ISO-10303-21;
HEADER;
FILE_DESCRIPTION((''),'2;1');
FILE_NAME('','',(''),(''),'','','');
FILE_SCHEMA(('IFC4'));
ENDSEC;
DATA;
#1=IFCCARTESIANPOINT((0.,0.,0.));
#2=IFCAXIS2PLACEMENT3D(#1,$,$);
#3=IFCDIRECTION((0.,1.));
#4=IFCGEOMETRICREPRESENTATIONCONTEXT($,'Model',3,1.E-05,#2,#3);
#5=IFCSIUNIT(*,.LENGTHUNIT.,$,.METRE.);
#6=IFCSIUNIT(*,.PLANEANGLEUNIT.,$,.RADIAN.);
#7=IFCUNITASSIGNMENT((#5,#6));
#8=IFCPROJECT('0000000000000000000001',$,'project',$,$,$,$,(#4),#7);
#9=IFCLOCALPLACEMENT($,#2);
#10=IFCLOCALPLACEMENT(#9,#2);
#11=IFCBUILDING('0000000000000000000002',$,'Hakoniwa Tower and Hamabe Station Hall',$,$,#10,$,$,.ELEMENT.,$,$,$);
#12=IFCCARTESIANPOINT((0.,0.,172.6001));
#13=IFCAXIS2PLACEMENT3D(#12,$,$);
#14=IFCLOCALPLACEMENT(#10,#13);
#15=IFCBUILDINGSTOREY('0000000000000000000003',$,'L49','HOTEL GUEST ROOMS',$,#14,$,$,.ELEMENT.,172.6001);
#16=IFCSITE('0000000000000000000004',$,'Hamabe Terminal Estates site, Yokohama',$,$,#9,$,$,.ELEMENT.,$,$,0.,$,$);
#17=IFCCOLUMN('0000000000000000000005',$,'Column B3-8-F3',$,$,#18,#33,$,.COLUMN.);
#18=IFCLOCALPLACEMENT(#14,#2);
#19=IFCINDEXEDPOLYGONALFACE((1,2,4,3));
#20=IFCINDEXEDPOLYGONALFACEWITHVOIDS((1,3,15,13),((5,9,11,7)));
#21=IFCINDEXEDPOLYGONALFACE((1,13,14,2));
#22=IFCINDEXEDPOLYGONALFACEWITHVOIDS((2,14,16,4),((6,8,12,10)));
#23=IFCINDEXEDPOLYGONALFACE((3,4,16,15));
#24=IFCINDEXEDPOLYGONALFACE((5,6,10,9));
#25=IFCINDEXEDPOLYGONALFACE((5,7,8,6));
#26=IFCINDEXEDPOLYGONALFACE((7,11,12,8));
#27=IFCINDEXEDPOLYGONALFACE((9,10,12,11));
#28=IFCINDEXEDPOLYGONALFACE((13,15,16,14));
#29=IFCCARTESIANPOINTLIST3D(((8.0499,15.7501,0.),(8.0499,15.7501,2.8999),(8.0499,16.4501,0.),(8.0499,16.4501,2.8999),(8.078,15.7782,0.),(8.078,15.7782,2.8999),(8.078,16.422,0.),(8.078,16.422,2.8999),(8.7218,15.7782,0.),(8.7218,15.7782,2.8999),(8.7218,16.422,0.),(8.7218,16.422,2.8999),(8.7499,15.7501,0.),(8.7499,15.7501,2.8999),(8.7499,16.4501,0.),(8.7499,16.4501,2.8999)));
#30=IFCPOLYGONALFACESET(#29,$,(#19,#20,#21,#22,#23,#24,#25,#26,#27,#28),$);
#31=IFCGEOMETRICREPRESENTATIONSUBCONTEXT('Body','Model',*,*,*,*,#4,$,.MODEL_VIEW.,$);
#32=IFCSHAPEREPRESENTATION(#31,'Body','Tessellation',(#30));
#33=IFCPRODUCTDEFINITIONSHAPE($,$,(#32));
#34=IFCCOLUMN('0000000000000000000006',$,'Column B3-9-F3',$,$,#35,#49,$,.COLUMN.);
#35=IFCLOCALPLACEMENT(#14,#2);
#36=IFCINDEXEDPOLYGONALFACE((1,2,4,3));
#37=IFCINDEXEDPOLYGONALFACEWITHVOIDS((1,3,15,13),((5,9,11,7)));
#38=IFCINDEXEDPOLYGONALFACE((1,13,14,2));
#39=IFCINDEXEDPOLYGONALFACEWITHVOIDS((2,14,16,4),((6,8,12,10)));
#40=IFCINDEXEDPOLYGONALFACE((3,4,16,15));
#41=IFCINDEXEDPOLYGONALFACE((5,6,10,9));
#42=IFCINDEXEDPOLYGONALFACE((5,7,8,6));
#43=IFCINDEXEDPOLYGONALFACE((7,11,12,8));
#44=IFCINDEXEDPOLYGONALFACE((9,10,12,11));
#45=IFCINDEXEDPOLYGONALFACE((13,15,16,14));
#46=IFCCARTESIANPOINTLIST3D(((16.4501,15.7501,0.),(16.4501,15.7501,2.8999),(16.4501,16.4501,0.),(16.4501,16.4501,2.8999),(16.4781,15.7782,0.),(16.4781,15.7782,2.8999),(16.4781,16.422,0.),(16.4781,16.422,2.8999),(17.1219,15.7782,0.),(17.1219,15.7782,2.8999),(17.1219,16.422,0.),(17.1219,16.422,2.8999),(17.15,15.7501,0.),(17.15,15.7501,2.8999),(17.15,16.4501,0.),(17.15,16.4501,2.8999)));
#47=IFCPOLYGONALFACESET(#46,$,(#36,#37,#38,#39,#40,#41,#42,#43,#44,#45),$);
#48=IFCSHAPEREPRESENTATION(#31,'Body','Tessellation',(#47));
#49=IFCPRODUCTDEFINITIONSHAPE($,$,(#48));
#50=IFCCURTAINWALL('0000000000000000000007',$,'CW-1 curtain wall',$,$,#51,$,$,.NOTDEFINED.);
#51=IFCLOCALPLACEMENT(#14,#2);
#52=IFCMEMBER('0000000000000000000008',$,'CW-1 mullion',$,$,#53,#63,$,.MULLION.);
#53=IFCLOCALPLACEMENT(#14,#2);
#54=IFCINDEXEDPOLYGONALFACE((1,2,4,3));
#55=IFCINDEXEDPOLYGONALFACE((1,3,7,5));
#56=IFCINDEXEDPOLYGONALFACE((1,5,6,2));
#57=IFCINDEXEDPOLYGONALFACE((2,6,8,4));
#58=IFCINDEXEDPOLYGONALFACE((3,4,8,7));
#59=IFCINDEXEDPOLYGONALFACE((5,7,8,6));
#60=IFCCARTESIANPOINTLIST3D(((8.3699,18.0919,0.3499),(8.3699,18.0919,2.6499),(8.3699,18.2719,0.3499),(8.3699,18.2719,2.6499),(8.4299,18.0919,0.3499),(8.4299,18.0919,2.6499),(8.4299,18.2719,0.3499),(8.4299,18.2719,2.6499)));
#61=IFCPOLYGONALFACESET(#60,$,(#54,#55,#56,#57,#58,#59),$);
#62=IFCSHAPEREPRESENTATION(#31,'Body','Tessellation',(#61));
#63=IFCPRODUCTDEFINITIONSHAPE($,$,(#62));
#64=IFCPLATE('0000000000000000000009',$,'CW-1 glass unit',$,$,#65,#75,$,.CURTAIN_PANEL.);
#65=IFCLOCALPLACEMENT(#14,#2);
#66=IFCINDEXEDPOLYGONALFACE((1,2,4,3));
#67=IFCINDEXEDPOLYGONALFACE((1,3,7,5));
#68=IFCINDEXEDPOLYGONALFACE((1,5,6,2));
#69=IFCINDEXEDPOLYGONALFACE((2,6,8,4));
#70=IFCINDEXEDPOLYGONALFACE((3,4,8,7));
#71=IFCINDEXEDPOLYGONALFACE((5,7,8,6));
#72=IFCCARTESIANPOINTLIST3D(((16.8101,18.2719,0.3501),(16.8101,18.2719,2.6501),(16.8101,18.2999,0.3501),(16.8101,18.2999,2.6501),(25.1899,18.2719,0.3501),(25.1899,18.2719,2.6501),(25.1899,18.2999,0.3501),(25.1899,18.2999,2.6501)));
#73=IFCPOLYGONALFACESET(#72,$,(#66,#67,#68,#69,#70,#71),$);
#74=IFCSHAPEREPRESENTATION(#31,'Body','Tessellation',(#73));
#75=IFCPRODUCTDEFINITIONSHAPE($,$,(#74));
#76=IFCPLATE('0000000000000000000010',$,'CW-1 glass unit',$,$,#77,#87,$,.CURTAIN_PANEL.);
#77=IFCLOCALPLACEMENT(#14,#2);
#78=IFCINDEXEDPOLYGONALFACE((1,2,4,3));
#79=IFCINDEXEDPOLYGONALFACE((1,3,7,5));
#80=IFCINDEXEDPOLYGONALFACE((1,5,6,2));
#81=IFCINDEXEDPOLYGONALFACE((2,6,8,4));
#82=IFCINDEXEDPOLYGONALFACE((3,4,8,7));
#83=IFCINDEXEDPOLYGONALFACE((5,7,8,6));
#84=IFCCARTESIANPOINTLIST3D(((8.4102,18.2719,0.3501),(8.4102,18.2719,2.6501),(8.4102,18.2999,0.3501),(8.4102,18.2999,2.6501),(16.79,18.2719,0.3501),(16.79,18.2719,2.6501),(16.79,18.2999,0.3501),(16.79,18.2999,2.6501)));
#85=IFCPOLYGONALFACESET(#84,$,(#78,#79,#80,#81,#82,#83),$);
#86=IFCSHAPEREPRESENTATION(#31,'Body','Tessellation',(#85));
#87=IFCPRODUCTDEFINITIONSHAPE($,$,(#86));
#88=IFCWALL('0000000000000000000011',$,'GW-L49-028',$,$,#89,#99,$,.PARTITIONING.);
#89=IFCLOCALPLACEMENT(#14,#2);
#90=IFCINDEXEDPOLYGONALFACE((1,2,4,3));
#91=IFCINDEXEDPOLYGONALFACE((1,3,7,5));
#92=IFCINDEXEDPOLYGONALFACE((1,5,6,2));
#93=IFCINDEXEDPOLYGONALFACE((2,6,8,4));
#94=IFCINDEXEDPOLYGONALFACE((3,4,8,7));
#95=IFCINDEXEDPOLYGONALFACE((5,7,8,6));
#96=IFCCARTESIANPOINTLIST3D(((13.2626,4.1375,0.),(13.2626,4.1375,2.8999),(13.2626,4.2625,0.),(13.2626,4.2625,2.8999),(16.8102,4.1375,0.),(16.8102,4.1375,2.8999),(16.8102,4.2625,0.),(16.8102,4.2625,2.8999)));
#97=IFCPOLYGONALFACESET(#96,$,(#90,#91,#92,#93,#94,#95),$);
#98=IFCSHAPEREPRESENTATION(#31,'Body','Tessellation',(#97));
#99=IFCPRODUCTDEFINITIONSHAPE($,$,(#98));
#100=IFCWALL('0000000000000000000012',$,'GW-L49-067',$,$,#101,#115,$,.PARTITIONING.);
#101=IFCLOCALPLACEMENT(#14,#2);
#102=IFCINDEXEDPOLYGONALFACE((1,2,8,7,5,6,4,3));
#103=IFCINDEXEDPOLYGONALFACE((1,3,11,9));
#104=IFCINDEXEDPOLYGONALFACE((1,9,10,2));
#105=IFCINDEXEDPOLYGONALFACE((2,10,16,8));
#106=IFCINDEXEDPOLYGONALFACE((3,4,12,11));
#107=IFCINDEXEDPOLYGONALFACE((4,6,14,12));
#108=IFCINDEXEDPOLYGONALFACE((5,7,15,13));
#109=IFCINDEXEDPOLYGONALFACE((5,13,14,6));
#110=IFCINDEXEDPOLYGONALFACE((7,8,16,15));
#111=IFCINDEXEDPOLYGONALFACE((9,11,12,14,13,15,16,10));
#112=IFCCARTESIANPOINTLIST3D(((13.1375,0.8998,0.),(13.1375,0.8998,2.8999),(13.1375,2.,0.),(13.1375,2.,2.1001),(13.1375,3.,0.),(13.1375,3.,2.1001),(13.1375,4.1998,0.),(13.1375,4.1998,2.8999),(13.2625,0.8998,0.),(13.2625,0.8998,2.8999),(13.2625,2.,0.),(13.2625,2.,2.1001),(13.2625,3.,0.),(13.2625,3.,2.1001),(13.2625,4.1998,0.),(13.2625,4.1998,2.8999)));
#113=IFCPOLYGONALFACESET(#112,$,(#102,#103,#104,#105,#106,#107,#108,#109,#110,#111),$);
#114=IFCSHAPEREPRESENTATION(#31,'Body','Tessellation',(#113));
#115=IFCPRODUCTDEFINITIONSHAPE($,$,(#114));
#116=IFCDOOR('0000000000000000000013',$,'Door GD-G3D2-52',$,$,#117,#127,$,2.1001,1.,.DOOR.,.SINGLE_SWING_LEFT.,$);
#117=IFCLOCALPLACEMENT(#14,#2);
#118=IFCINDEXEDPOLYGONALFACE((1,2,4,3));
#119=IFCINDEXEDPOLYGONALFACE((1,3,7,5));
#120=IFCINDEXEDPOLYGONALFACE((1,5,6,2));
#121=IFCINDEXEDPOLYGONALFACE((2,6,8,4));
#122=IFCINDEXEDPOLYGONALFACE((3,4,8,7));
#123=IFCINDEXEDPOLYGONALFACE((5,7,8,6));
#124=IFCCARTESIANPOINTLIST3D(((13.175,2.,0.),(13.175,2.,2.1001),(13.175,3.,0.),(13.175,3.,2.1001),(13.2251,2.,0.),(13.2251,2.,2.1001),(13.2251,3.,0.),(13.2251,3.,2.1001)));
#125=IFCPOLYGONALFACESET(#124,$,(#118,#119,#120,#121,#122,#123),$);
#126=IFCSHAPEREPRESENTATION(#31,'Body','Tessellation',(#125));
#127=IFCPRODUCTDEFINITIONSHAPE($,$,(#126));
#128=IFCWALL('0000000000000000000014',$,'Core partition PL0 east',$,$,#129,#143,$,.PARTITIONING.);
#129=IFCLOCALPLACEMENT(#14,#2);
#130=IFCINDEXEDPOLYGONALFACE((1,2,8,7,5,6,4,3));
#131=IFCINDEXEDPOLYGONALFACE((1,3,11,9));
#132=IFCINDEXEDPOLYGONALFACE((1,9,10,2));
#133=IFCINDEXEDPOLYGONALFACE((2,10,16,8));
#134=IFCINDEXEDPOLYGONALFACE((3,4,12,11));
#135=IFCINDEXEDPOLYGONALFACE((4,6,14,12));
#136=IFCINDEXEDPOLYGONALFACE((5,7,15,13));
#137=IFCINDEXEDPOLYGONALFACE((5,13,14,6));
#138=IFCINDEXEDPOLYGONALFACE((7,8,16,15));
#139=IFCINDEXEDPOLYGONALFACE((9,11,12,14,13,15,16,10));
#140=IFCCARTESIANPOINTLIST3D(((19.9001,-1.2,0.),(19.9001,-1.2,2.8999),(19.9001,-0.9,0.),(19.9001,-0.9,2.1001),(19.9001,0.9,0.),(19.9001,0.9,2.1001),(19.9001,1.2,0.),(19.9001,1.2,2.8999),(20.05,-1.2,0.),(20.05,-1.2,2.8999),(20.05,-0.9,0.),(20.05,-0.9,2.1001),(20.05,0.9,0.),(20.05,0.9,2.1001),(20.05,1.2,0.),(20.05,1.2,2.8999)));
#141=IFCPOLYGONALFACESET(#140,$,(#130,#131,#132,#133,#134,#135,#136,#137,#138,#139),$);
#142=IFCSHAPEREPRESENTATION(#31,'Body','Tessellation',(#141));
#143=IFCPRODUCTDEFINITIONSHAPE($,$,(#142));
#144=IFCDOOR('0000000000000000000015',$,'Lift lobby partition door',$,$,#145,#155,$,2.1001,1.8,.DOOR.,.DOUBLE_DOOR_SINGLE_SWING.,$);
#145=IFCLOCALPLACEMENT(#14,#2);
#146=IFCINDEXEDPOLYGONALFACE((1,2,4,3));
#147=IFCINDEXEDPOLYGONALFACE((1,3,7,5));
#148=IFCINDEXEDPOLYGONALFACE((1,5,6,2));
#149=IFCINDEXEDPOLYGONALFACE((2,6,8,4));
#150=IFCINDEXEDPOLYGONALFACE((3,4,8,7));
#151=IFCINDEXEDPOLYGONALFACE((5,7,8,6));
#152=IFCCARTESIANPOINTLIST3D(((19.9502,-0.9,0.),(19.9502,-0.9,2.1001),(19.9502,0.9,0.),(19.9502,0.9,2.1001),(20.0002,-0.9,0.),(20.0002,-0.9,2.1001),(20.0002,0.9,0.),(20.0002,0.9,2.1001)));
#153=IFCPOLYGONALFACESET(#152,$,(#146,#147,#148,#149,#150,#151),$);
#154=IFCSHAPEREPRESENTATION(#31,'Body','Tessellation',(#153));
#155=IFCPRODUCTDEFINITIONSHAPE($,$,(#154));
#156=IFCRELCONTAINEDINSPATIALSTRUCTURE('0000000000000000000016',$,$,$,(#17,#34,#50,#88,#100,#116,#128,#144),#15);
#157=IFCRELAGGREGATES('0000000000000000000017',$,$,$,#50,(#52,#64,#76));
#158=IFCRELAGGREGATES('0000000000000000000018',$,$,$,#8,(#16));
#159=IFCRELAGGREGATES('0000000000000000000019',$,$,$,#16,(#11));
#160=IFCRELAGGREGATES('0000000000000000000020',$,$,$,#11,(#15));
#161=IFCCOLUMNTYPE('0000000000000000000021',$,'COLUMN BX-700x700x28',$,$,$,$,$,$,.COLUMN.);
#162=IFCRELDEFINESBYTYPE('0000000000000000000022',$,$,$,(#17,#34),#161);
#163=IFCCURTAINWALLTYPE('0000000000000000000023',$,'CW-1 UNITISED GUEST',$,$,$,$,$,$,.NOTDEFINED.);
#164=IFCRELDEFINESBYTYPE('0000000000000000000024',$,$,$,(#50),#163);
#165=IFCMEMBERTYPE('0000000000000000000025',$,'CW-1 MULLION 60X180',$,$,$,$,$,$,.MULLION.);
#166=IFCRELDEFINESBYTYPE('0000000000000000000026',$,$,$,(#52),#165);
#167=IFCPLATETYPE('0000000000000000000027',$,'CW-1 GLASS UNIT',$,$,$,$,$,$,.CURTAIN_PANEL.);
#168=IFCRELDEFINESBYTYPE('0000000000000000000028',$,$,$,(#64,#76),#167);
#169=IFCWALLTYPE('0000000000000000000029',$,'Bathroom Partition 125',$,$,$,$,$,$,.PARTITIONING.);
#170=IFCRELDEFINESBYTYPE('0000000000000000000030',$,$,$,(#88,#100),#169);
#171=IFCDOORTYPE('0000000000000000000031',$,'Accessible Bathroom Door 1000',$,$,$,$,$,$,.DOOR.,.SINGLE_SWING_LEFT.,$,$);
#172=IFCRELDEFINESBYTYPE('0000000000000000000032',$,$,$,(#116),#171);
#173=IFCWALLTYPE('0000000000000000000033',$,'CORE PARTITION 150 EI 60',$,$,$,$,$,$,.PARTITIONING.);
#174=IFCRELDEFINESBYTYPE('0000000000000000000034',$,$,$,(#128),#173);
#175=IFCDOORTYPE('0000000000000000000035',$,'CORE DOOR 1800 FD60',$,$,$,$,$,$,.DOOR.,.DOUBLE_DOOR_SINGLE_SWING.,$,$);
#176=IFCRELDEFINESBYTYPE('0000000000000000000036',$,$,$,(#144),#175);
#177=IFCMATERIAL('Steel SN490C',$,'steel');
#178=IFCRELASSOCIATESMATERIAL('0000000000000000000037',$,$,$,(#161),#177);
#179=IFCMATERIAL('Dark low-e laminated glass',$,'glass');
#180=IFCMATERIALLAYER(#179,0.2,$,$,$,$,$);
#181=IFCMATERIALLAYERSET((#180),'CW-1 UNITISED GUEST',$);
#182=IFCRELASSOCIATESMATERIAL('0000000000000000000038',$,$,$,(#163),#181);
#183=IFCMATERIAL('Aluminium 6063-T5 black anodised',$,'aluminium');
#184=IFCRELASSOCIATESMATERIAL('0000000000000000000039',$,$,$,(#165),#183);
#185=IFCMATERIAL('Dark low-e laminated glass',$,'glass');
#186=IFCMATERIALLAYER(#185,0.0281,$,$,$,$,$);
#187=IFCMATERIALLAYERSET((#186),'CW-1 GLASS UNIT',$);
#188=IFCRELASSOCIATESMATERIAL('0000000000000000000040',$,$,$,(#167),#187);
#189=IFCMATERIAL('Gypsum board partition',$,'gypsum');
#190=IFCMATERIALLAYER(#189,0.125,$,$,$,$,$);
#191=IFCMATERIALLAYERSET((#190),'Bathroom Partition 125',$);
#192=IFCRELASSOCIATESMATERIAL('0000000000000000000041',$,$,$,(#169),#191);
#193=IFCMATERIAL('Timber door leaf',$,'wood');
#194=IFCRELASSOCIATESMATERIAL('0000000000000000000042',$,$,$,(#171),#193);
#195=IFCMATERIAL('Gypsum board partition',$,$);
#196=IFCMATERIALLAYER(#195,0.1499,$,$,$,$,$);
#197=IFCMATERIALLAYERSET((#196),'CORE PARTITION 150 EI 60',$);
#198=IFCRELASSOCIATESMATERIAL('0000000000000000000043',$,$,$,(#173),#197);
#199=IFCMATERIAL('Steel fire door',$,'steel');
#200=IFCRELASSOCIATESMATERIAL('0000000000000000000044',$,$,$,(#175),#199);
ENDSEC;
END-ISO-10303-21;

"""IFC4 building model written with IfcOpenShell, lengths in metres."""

from ifc_helpers import new_model, si_unit, direction, frame, frame_2d, origin, origin_2d, place, context, subcontext, project, spatial, rectangle, hollow_rectangle, extrude, material, layer, layer_set, material_profile, profile_set, type_object, element, fill, aggregate, save


model = new_model("IFC4")

# Units and contexts
model_context = context("Model", 3, precision=1e-05, world=origin(), true_north=direction((0.0, 1.0)))
body_context = subcontext(model_context, "Body", "Model", "MODEL_VIEW")
ifc_project = project(units=[si_unit("LENGTHUNIT", "METRE"), si_unit("PLANEANGLEUNIT", "RADIAN")], contexts=[model_context])

# Site, building, storey
site_placement = place(None, origin())
site = spatial("IfcSite", under=ifc_project, at=site_placement, Name="Hamabe Terminal Estates site, Yokohama", CompositionType="ELEMENT", RefElevation=0.0)
building_placement = place(site_placement, origin())
building = spatial("IfcBuilding", under=site, at=building_placement, Name="Hakoniwa Tower and Hamabe Station Hall", CompositionType="ELEMENT")
storey_placement = place(building_placement, frame((0.0, 0.0, 172.6001)))
storey = spatial("IfcBuildingStorey", under=building, at=storey_placement, Name="L49", Description="HOTEL GUEST ROOMS", CompositionType="ELEMENT", Elevation=172.6001)

# Columns
ifc_material_1 = material(Name="Steel SN490C", Category="steel")
ifc_material_profile_1 = material_profile(ifc_material_1, hollow_rectangle(XDim=0.7, YDim=0.7, WallThickness=0.0281, at=origin_2d()), Name="BX-700x700x28")
ifc_profile_set_1 = profile_set([ifc_material_profile_1], Name="Steel SN490C")
column_type = type_object("IfcColumnType", Name="COLUMN BX-700x700x28", PredefinedType="COLUMN", material=ifc_profile_set_1)
for number, where, z_axis, x_axis, name in (
    (1, (8.3999, 16.1001, 0.0), (0.0, 0.0, 1.0), (1.0, 0.0, 0.0), "Column B3-8-F3"),
    (2, (16.8, 16.1001, 0.0), (0.0, 0.0, 1.0), (1.0, 0.0, 0.0), "Column B3-9-F3"),
):
    element("IfcColumn", number, at=place(storey_placement, frame(where, z_axis=z_axis, x_axis=x_axis)), inside=storey, type_object=column_type, Name=name, PredefinedType="COLUMN", context=body_context, shape_type="SweptSolid", body=[
        extrude(hollow_rectangle(XDim=0.7, YDim=0.7, WallThickness=0.0281, at=origin_2d()), origin(), (0.0, 0.0, 1.0), 2.8999),
    ])

# Curtain wall, member, plates
ifc_material_2 = material(Name="Dark low-e laminated glass", Category="glass")
ifc_layer_1 = layer(ifc_material_2, 0.2)
ifc_layer_set_1 = layer_set([ifc_layer_1], Name="CW-1 UNITISED GUEST")
curtain_wall_type = type_object("IfcCurtainWallType", Name="CW-1 UNITISED GUEST", PredefinedType="NOTDEFINED", material=ifc_layer_set_1)
curtain_wall_placement = place(storey_placement, origin())
curtain_wall = element("IfcCurtainWall", 3, at=curtain_wall_placement, inside=storey, type_object=curtain_wall_type, Name="CW-1 curtain wall", PredefinedType="NOTDEFINED")
ifc_material_3 = material(Name="Aluminium 6063-T5 black anodised", Category="aluminium")
ifc_material_profile_2 = material_profile(ifc_material_3, rectangle(XDim=0.0601, YDim=0.1799, at=origin_2d()), Name="CW-1 MULLION 60X180")
ifc_profile_set_2 = profile_set([ifc_material_profile_2], Name="Aluminium 6063-T5 black anodised")
member_type = type_object("IfcMemberType", Name="CW-1 MULLION 60X180", PredefinedType="MULLION", material=ifc_profile_set_2)
member_placement = place(storey_placement, frame((8.3999, 18.1819, 0.3499), z_axis=(0.0, 0.0, 1.0), x_axis=(-1.0, 0.0, 0.0)))
member = element("IfcMember", 4, at=member_placement, type_object=member_type, Name="CW-1 mullion", PredefinedType="MULLION", context=body_context, shape_type="SweptSolid", body=[
    extrude(rectangle(XDim=0.0601, YDim=0.1799, at=origin_2d()), origin(), (0.0, 0.0, 1.0), 2.3),
])
ifc_material_4 = material(Name="Dark low-e laminated glass", Category="glass")
ifc_layer_2 = layer(ifc_material_4, 0.0281)
ifc_layer_set_2 = layer_set([ifc_layer_2], Name="CW-1 GLASS UNIT")
plate_type = type_object("IfcPlateType", Name="CW-1 GLASS UNIT", PredefinedType="CURTAIN_PANEL", material=ifc_layer_set_2)
plate_1_placement = place(storey_placement, frame((21.0, 18.2859, 0.3501), z_axis=(0.0, 0.0, 1.0), x_axis=(-1.0, 0.0, 0.0)))
plate_1 = element("IfcPlate", 5, at=plate_1_placement, type_object=plate_type, Name="CW-1 glass unit", PredefinedType="CURTAIN_PANEL", context=body_context, shape_type="SweptSolid", body=[
    extrude(rectangle(XDim=8.3799, YDim=0.0281, at=origin_2d()), origin(), (0.0, 0.0, 1.0), 2.3),
])
plate_2_placement = place(storey_placement, frame((12.6001, 18.2859, 0.3501), z_axis=(0.0, 0.0, 1.0), x_axis=(-1.0, 0.0, 0.0)))
plate_2 = element("IfcPlate", 6, at=plate_2_placement, type_object=plate_type, Name="CW-1 glass unit", PredefinedType="CURTAIN_PANEL", context=body_context, shape_type="SweptSolid", body=[
    extrude(rectangle(XDim=8.3799, YDim=0.0281, at=origin_2d()), origin(), (0.0, 0.0, 1.0), 2.3),
])
aggregate(curtain_wall, [member, plate_1, plate_2])

# Wall
ifc_material_5 = material(Name="Gypsum board partition", Category="gypsum")
ifc_layer_3 = layer(ifc_material_5, 0.125)
ifc_layer_set_3 = layer_set([ifc_layer_3], Name="Bathroom Partition 125")
wall_type_1 = type_object("IfcWallType", Name="Bathroom Partition 125", PredefinedType="PARTITIONING", material=ifc_layer_set_3)
wall_1_placement = place(storey_placement, frame((13.2625, 4.2, 0.0), z_axis=(0.0, 0.0, 1.0), x_axis=(1.0, 0.0, 0.0)))
element("IfcWall", 7, at=wall_1_placement, inside=storey, type_object=wall_type_1, Name="GW-L49-028", PredefinedType="PARTITIONING", context=body_context, shape_type="SweptSolid", body=[
    extrude(rectangle(XDim=3.5476, YDim=0.125, at=frame_2d((1.7739, 0.0))), origin(), (0.0, 0.0, 1.0), 2.8999),
])

# Walls, openings, doors
wall_2_placement = place(storey_placement, frame((13.2, 0.8999, 0.0), z_axis=(0.0, 0.0, 1.0), x_axis=(0.0, 1.0, 0.0)))
wall_2 = element("IfcWall", 8, at=wall_2_placement, inside=storey, type_object=wall_type_1, Name="GW-L49-067", PredefinedType="PARTITIONING", context=body_context, shape_type="SweptSolid", body=[
    extrude(rectangle(XDim=3.3, YDim=0.125, at=frame_2d((1.6499, 0.0))), origin(), (0.0, 0.0, 1.0), 2.8999),
])
opening_1_placement = place(wall_2_placement, frame((1.1001, 0.0, 0.0)))
opening_1 = element("IfcOpeningElement", 9, at=opening_1_placement, cuts=wall_2, PredefinedType="OPENING", context=body_context, shape_type="SweptSolid", body=[
    extrude(rectangle(XDim=1.0, YDim=2.1001, at=frame_2d((0.5, 1.05))), frame((0.0, 0.0725, 0.0), z_axis=(0.0, -1.0, 0.0), x_axis=(1.0, 0.0, 0.0)), (0.0, 0.0, 1.0), 0.145),
])
ifc_material_6 = material(Name="Timber door leaf", Category="wood")
door_type_1 = type_object("IfcDoorType", Name="Accessible Bathroom Door 1000", OperationType="SINGLE_SWING_LEFT", PredefinedType="DOOR", material=ifc_material_6)
door_1_placement = place(opening_1_placement, origin())
door_1 = element("IfcDoor", 10, at=door_1_placement, inside=storey, type_object=door_type_1, Name="Door GD-G3D2-52", OperationType="SINGLE_SWING_LEFT", OverallHeight=2.1001, OverallWidth=1.0, PredefinedType="DOOR", context=body_context, shape_type="SweptSolid", body=[
    extrude(rectangle(XDim=1.0, YDim=2.1001, at=frame_2d((0.5, 1.05))), frame((0.0, 0.0249, 0.0), z_axis=(0.0, -1.0, 0.0), x_axis=(1.0, 0.0, 0.0)), (0.0, 0.0, 1.0), 0.05),
])
fill(opening_1, door_1)
ifc_material_7 = material(Name="Gypsum board partition")
ifc_layer_4 = layer(ifc_material_7, 0.1499)
ifc_layer_set_4 = layer_set([ifc_layer_4], Name="CORE PARTITION 150 EI 60")
wall_type_2 = type_object("IfcWallType", Name="CORE PARTITION 150 EI 60", PredefinedType="PARTITIONING", material=ifc_layer_set_4)
wall_3_placement = place(storey_placement, frame((19.9751, -1.2, 0.0), z_axis=(0.0, 0.0, 1.0), x_axis=(0.0, 1.0, 0.0)))
wall_3 = element("IfcWall", 11, at=wall_3_placement, inside=storey, type_object=wall_type_2, Name="Core partition PL0 east", PredefinedType="PARTITIONING", context=body_context, shape_type="SweptSolid", body=[
    extrude(rectangle(XDim=2.3999, YDim=0.1499, at=frame_2d((1.2, 0.0))), origin(), (0.0, 0.0, 1.0), 2.8999),
])
opening_2_placement = place(wall_3_placement, frame((0.3, 0.0, 0.0)))
opening_2 = element("IfcOpeningElement", 12, at=opening_2_placement, cuts=wall_3, PredefinedType="OPENING", context=body_context, shape_type="SweptSolid", body=[
    extrude(rectangle(XDim=1.8, YDim=2.1001, at=frame_2d((0.8999, 1.05))), frame((0.0, 0.085, 0.0), z_axis=(0.0, -1.0, 0.0), x_axis=(1.0, 0.0, 0.0)), (0.0, 0.0, 1.0), 0.1699),
])
ifc_material_8 = material(Name="Steel fire door", Category="steel")
door_type_2 = type_object("IfcDoorType", Name="CORE DOOR 1800 FD60", OperationType="DOUBLE_DOOR_SINGLE_SWING", PredefinedType="DOOR", material=ifc_material_8)
door_2_placement = place(opening_2_placement, origin())
door_2 = element("IfcDoor", 13, at=door_2_placement, inside=storey, type_object=door_type_2, Name="Lift lobby partition door", OperationType="DOUBLE_DOOR_SINGLE_SWING", OverallHeight=2.1001, OverallWidth=1.8, PredefinedType="DOOR", context=body_context, shape_type="SweptSolid", body=[
    extrude(rectangle(XDim=1.8, YDim=2.1001, at=frame_2d((0.8999, 1.05))), frame((0.0, 0.0249, 0.0), z_axis=(0.0, -1.0, 0.0), x_axis=(1.0, 0.0, 0.0)), (0.0, 0.0, 1.0), 0.05),
])
fill(opening_2, door_2)

save(model, "model.ifc")
